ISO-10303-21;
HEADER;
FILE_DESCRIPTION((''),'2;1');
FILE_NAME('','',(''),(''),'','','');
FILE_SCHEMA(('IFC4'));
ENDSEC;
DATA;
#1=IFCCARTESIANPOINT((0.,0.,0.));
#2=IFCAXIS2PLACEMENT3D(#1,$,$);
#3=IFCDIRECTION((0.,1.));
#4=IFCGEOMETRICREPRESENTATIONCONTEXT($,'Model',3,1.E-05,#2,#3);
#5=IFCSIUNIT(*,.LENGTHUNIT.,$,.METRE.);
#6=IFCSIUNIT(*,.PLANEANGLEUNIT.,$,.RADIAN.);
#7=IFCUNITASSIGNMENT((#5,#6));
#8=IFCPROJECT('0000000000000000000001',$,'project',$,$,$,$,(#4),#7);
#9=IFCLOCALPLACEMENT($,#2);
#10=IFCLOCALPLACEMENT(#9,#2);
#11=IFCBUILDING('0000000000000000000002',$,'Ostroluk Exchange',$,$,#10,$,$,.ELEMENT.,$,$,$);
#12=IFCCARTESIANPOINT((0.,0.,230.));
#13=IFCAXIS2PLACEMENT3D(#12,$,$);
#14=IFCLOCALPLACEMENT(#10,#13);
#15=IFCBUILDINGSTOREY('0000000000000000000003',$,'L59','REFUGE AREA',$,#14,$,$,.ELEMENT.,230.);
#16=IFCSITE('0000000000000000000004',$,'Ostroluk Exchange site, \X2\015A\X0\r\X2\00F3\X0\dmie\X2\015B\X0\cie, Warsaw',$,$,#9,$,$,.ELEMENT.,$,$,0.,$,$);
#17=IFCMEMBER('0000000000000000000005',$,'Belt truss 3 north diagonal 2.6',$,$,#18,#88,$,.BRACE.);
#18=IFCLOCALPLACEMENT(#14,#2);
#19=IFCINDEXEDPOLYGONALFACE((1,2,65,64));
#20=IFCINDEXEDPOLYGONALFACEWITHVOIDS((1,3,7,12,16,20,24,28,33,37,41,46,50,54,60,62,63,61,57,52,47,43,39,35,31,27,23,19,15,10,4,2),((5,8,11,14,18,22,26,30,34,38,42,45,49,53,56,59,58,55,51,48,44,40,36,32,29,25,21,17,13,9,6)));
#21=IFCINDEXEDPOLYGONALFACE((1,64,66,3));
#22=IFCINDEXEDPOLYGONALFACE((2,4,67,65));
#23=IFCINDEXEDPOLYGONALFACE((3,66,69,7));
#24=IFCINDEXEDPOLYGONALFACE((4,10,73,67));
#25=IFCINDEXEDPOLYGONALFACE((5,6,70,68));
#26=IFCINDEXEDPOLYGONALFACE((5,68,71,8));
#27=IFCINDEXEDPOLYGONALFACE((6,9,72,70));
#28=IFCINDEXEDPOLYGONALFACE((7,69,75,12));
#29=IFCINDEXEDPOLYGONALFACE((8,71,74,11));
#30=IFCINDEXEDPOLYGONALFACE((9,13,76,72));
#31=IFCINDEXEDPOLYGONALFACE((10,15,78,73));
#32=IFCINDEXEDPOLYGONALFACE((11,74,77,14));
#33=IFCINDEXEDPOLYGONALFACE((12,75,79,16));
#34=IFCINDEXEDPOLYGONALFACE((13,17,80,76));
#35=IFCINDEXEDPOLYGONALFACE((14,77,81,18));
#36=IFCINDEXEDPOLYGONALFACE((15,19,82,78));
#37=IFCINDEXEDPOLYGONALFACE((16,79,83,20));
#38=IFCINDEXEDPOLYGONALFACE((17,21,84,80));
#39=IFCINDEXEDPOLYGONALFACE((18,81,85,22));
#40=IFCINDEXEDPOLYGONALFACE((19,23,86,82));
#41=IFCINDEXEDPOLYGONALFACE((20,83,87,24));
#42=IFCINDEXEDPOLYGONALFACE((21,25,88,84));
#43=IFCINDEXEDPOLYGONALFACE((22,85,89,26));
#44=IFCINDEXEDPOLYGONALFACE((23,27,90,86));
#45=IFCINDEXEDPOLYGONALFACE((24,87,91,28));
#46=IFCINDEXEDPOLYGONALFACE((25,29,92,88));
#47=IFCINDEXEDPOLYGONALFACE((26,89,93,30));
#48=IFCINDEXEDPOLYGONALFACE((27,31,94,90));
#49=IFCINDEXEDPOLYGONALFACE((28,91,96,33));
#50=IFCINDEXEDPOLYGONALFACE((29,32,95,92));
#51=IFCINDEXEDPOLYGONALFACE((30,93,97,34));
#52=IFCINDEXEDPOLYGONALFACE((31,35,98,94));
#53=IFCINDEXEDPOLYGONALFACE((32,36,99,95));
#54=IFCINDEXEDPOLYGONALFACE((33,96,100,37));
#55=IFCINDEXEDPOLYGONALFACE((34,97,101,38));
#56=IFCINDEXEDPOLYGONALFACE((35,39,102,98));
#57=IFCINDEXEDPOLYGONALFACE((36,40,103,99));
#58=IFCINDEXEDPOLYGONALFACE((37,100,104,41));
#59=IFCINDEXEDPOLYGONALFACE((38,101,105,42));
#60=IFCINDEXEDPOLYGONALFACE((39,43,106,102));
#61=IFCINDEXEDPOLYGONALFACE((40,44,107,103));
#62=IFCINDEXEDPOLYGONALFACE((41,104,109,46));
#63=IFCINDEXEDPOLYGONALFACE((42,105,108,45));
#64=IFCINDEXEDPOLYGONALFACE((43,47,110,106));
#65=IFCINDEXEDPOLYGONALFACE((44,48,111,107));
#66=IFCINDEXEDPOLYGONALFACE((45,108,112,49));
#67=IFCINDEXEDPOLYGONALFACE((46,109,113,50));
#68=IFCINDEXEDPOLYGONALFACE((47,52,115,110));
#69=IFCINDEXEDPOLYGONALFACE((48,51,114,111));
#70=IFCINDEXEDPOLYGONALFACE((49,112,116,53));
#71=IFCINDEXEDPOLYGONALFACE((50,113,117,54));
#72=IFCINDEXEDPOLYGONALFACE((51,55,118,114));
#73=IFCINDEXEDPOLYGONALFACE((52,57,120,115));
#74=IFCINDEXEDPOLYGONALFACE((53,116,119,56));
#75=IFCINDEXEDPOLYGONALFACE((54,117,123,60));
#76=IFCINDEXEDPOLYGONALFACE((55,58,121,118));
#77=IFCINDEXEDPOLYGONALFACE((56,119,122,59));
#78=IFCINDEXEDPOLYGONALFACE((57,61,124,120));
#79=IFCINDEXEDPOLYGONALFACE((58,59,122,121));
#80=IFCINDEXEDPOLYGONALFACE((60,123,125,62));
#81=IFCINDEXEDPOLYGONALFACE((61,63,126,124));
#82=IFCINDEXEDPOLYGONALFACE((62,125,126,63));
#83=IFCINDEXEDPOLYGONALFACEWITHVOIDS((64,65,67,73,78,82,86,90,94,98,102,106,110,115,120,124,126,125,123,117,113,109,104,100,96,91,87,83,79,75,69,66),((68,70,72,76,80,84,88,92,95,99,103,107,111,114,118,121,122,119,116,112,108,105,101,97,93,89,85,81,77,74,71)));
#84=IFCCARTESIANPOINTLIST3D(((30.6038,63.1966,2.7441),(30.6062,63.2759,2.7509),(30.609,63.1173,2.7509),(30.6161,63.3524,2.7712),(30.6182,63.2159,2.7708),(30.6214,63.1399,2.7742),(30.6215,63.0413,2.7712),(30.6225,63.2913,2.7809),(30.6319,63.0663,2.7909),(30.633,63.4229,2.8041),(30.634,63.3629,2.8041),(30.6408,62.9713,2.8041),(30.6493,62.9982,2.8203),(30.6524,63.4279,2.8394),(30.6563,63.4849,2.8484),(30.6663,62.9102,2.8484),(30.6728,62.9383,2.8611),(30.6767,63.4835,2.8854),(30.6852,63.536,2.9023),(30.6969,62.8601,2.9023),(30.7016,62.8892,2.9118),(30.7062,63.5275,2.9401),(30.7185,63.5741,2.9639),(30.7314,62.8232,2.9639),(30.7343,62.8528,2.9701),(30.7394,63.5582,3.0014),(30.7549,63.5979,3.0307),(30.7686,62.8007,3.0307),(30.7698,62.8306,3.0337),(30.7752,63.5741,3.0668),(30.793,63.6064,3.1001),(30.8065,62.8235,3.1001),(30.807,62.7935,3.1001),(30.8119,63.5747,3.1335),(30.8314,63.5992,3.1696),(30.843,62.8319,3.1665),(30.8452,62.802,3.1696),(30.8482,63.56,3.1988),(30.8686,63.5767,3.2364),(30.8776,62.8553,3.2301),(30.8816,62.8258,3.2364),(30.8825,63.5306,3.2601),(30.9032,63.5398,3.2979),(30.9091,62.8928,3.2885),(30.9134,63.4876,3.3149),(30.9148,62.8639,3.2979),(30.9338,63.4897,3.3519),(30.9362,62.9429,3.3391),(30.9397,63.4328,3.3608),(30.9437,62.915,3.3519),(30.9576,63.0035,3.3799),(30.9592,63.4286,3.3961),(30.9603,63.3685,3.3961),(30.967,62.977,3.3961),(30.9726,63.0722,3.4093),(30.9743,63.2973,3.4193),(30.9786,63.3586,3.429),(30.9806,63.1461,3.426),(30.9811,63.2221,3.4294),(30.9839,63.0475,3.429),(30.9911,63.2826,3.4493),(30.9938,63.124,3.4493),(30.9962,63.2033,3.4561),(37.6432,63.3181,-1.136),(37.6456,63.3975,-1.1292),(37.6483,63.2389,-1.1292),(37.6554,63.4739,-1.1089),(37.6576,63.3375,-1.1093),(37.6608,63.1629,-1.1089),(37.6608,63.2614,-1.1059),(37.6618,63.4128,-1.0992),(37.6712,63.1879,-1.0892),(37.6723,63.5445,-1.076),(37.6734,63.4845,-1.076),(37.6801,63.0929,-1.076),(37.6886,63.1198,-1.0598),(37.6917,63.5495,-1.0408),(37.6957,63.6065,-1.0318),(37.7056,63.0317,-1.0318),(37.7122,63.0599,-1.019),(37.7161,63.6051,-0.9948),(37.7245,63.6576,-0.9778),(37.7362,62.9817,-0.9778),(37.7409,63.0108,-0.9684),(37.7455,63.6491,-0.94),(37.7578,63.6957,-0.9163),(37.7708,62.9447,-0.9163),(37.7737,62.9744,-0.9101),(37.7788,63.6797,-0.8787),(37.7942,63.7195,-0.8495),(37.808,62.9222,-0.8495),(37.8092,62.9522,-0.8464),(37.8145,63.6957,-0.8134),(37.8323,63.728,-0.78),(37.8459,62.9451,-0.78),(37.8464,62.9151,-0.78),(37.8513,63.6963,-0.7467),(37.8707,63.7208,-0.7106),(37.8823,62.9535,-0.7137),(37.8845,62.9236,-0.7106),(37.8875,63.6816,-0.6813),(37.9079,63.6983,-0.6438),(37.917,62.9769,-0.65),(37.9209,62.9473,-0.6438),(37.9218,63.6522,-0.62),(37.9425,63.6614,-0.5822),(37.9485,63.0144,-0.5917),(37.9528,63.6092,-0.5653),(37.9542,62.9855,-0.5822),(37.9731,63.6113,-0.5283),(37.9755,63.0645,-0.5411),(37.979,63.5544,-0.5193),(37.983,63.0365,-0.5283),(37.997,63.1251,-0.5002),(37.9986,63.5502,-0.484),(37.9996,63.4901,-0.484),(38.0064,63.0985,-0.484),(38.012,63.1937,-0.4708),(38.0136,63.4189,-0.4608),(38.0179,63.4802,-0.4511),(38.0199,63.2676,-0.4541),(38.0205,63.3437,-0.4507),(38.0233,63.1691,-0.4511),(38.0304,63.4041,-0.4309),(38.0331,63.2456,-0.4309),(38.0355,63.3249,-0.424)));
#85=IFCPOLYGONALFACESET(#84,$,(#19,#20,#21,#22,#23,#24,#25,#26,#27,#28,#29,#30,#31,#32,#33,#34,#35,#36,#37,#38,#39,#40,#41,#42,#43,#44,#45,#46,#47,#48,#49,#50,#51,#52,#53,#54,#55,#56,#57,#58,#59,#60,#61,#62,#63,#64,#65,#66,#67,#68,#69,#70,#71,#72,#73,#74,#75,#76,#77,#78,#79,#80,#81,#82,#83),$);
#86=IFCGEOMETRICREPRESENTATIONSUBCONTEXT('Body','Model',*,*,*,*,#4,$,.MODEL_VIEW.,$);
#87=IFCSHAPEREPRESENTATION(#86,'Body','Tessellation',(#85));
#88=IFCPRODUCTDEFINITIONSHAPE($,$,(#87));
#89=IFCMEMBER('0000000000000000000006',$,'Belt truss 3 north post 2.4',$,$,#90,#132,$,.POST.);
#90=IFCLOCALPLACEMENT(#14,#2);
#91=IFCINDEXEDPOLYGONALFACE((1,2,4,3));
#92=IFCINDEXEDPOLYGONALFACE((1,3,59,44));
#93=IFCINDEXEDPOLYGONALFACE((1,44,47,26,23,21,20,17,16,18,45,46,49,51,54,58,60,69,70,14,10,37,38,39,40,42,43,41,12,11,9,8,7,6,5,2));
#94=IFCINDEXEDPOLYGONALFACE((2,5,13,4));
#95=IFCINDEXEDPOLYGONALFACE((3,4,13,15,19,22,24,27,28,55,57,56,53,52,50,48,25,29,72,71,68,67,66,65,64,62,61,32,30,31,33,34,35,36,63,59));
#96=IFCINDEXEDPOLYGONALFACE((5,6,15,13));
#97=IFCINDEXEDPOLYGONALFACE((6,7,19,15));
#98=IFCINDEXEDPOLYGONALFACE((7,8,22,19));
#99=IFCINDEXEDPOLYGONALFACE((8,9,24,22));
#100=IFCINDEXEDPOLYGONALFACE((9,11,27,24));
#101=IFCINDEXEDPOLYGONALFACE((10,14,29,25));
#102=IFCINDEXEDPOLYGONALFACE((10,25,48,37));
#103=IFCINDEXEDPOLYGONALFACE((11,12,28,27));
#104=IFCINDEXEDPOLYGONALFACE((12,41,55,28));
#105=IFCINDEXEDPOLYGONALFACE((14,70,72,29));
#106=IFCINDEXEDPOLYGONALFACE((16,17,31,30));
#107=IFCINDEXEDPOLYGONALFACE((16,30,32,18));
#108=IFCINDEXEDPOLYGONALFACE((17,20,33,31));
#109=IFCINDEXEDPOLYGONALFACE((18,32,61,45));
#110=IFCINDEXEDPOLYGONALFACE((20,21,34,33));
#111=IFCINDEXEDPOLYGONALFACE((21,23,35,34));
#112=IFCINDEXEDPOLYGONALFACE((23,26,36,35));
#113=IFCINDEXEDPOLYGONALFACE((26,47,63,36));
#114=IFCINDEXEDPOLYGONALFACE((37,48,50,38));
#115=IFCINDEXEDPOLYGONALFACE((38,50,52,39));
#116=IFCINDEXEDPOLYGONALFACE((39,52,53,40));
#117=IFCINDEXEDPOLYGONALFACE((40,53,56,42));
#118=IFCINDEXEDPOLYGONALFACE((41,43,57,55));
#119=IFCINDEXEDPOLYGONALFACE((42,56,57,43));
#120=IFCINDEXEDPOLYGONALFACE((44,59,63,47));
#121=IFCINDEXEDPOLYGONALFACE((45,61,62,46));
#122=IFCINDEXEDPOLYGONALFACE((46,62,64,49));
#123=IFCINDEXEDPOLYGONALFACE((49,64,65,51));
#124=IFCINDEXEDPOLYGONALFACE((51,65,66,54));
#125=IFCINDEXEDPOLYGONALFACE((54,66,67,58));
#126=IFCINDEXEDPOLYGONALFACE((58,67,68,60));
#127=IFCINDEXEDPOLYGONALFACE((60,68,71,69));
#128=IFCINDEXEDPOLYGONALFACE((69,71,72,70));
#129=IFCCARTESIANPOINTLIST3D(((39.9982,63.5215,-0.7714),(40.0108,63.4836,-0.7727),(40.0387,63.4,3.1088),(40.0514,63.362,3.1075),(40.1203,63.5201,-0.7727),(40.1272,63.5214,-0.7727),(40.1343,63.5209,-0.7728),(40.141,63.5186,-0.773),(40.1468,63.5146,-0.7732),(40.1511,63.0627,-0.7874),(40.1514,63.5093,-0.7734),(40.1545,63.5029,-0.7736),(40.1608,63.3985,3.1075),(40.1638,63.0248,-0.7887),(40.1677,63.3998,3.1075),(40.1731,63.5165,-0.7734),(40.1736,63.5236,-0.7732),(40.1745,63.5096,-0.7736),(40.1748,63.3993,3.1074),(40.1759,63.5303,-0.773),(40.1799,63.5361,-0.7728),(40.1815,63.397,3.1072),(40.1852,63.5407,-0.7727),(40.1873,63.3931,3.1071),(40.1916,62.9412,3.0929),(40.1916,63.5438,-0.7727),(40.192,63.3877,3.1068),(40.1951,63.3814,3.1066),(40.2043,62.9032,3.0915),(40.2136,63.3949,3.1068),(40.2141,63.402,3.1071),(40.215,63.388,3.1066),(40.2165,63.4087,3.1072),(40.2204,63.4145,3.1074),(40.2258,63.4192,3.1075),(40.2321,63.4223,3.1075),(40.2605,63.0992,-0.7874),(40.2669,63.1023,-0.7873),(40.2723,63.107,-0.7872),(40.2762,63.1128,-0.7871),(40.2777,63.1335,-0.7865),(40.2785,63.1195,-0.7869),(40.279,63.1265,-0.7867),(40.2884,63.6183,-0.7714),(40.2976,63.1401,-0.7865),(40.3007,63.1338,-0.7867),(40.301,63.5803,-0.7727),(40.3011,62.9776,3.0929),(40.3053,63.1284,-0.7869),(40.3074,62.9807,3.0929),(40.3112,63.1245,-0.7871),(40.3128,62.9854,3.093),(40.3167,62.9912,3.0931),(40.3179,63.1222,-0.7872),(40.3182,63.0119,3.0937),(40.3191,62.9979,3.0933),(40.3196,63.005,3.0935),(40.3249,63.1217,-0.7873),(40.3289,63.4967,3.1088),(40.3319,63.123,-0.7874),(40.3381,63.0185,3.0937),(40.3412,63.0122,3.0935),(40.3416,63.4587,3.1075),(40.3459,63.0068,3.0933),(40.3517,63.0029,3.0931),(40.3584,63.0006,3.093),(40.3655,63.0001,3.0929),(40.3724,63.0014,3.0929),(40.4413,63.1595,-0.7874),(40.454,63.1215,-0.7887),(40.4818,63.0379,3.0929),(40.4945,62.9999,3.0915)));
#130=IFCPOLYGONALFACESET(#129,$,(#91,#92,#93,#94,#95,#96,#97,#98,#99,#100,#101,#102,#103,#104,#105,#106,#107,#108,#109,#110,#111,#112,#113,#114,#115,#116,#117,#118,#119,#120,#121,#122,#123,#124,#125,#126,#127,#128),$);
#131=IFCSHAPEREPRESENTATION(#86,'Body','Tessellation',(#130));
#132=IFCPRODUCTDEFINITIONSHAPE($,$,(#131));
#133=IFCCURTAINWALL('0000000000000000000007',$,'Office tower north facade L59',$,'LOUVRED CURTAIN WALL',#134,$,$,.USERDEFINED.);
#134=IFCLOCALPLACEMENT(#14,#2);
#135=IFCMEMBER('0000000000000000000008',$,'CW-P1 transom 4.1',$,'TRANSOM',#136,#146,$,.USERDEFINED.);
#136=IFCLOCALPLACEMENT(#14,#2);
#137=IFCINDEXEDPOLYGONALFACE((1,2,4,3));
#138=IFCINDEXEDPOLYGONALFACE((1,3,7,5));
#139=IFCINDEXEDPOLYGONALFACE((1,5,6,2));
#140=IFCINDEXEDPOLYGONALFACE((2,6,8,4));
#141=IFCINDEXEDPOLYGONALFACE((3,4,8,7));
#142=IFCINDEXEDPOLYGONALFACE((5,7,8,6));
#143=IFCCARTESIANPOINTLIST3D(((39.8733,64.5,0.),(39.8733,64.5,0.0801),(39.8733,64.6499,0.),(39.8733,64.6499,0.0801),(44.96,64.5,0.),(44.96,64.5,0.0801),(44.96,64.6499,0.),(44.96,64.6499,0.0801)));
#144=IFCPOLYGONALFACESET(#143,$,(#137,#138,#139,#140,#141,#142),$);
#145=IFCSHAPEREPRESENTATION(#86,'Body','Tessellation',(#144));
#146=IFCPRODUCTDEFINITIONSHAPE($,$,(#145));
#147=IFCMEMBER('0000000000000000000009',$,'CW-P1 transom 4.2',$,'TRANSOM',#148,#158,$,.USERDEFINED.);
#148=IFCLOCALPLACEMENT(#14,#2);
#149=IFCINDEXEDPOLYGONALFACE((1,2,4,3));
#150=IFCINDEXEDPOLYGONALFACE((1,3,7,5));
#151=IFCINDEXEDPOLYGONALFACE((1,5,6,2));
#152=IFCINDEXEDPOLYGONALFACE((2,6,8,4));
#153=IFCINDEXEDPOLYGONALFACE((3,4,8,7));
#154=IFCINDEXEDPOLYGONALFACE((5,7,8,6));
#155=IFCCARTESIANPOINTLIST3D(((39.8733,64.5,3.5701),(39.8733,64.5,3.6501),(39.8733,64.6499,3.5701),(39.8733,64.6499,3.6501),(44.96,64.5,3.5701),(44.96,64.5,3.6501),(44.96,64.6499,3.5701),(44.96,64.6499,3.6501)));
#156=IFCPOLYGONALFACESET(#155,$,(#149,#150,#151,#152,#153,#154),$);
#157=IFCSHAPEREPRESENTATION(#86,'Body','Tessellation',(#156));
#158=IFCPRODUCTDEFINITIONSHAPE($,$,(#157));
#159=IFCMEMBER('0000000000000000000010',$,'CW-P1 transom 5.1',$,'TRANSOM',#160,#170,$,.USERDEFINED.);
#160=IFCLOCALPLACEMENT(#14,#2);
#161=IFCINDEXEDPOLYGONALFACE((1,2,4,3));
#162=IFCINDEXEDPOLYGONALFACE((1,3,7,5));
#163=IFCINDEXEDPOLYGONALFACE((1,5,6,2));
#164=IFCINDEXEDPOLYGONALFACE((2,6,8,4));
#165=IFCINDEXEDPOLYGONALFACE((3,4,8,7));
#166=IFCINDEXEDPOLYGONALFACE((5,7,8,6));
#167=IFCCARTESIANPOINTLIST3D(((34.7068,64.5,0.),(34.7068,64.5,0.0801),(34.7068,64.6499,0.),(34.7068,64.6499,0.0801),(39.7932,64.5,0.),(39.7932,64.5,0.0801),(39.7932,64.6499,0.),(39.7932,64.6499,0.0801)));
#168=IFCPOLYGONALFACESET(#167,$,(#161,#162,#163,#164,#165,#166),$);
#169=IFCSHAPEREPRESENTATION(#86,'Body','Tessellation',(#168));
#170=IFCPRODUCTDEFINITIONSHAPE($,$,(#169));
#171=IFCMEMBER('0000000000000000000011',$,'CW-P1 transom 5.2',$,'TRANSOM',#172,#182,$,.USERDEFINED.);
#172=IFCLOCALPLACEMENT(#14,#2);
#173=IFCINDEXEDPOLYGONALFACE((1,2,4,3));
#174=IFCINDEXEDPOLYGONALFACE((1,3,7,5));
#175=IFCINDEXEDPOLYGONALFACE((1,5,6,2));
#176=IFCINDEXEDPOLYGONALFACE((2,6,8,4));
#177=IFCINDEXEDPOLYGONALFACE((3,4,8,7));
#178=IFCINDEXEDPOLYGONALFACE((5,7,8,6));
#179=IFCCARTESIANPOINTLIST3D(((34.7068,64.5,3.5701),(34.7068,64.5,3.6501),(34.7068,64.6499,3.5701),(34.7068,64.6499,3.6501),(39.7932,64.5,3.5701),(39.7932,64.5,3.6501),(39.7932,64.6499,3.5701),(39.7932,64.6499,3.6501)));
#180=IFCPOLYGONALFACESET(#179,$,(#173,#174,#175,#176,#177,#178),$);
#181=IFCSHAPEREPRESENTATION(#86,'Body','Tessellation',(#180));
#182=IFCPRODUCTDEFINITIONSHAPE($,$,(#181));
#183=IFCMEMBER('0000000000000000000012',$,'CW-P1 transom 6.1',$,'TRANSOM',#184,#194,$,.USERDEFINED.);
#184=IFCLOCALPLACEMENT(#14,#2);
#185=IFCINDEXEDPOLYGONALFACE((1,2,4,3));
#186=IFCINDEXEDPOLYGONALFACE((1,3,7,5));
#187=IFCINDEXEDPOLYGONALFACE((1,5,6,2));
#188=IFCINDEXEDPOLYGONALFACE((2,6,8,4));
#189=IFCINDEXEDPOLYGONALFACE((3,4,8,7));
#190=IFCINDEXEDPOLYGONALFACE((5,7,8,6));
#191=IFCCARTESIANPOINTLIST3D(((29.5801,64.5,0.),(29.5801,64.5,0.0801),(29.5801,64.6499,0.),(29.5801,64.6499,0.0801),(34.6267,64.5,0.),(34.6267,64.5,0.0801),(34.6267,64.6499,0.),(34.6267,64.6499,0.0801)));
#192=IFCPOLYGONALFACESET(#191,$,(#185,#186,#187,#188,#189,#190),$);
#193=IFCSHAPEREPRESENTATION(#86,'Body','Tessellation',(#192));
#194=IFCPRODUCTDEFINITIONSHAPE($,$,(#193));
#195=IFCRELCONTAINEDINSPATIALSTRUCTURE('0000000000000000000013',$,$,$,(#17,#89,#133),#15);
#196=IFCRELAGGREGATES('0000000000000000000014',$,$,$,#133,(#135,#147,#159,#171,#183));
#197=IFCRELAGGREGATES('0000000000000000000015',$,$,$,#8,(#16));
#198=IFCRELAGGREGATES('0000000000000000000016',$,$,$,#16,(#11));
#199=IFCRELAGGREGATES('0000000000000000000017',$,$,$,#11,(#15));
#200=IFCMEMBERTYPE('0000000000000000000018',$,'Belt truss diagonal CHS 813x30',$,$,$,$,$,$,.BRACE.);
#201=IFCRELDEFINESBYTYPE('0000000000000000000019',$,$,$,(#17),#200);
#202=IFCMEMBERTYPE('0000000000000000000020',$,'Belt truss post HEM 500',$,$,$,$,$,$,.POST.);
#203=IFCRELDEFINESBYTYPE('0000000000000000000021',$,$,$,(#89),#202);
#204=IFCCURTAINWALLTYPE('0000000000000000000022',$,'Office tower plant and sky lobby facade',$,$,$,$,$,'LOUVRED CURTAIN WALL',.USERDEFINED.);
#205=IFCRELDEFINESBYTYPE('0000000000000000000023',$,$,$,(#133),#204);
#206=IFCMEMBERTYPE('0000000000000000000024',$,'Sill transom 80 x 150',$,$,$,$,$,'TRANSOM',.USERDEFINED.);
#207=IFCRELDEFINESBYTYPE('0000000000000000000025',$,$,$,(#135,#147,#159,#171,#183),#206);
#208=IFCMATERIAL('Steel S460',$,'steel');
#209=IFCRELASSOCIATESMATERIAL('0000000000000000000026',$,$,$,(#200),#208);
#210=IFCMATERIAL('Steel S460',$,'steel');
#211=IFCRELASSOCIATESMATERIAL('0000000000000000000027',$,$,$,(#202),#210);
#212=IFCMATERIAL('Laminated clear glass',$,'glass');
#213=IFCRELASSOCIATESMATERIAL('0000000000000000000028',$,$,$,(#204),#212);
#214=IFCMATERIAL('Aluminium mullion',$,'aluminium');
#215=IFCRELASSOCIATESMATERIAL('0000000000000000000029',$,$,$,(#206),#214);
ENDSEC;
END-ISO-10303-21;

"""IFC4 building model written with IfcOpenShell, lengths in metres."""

from ifc_helpers import new_model, si_unit, direction, frame, origin, origin_2d, place, context, subcontext, project, spatial, rectangle, hollow_circle, i_section, extrude, material, material_profile, profile_set, type_object, element, aggregate, save


model = new_model("IFC4")

# Units and contexts
model_context = context("Model", 3, precision=1e-05, world=origin(), true_north=direction((0.0, 1.0)))
body_context = subcontext(model_context, "Body", "Model", "MODEL_VIEW")
ifc_project = project(units=[si_unit("LENGTHUNIT", "METRE"), si_unit("PLANEANGLEUNIT", "RADIAN")], contexts=[model_context])

# Site, building, storey
site_placement = place(None, origin())
site = spatial("IfcSite", under=ifc_project, at=site_placement, Name="Ostroluk Exchange site, Śródmieście, Warsaw", CompositionType="ELEMENT", RefElevation=0.0)
building_placement = place(site_placement, origin())
building = spatial("IfcBuilding", under=site, at=building_placement, Name="Ostroluk Exchange", CompositionType="ELEMENT")
storey_placement = place(building_placement, frame((0.0, 0.0, 230.0)))
storey = spatial("IfcBuildingStorey", under=building, at=storey_placement, Name="L59", Description="REFUGE AREA", CompositionType="ELEMENT", Elevation=230.0)

# Members
ifc_material_1 = material(Name="Steel S460", Category="steel")
ifc_material_profile_1 = material_profile(ifc_material_1, hollow_circle(Radius=0.4065, WallThickness=0.03, at=origin_2d()), Name="CHS 813x30")
ifc_profile_set_1 = profile_set([ifc_material_profile_1], Name="Steel S460")
member_type_1 = type_object("IfcMemberType", Name="Belt truss diagonal CHS 813x30", PredefinedType="BRACE", material=ifc_profile_set_1)
member_1_placement = place(storey_placement, frame((37.8394, 63.3215, -0.78), z_axis=(-0.875668, -0.015124, 0.482676), x_axis=(0.017269, -0.999851, 0.0)))
element("IfcMember", 1, at=member_1_placement, inside=storey, type_object=member_type_1, Name="Belt truss 3 north diagonal 2.6", PredefinedType="BRACE", context=body_context, shape_type="SweptSolid", body=[
    extrude(hollow_circle(Radius=0.4065, WallThickness=0.03, at=origin_2d()), origin(), (0.0, 0.0, 1.0), 8.0388),
])
ifc_material_2 = material(Name="Steel S460", Category="steel")
ifc_material_profile_2 = material_profile(ifc_material_2, i_section(OverallWidth=0.3059, OverallDepth=0.5239, WebThickness=0.021, FlangeThickness=0.04, FilletRadius=0.0271, at=origin_2d()), Name="HEM 500")
ifc_profile_set_2 = profile_set([ifc_material_profile_2], Name="Steel S460")
member_type_2 = type_object("IfcMemberType", Name="Belt truss post HEM 500", PredefinedType="POST", material=ifc_profile_set_2)
member_2_placement = place(storey_placement, frame((40.2261, 63.3215, -0.78), z_axis=(0.010439, -0.031317, 0.999455), x_axis=(0.948683, 0.316228, 0.0)))
element("IfcMember", 2, at=member_2_placement, inside=storey, type_object=member_type_2, Name="Belt truss 3 north post 2.4", PredefinedType="POST", context=body_context, shape_type="SweptSolid", body=[
    extrude(i_section(OverallWidth=0.3059, OverallDepth=0.5239, WebThickness=0.021, FlangeThickness=0.04, FilletRadius=0.0271, at=origin_2d()), origin(), (0.0, 0.0, 1.0), 3.8823),
])

# Curtain wall, members
ifc_material_3 = material(Name="Laminated clear glass", Category="glass")
curtain_wall_type = type_object("IfcCurtainWallType", Name="Office tower plant and sky lobby facade", ElementType="LOUVRED CURTAIN WALL", PredefinedType="USERDEFINED", material=ifc_material_3)
curtain_wall_placement = place(storey_placement, origin())
curtain_wall = element("IfcCurtainWall", 3, at=curtain_wall_placement, inside=storey, type_object=curtain_wall_type, Name="Office tower north facade L59", ObjectType="LOUVRED CURTAIN WALL", PredefinedType="USERDEFINED")
ifc_material_4 = material(Name="Aluminium mullion", Category="aluminium")
ifc_material_profile_3 = material_profile(ifc_material_4, rectangle(XDim=0.1499, YDim=0.0801, at=origin_2d()), Name="Sill transom 80 x 150")
ifc_profile_set_3 = profile_set([ifc_material_profile_3], Name="Aluminium mullion")
member_type_3 = type_object("IfcMemberType", Name="Sill transom 80 x 150", ElementType="TRANSOM", PredefinedType="USERDEFINED", material=ifc_profile_set_3)
member_3_placement = place(storey_placement, frame((44.96, 64.575, 0.04), z_axis=(-1.0, 0.0, 0.0), x_axis=(0.0, -1.0, 0.0)))
member_3 = element("IfcMember", 4, at=member_3_placement, type_object=member_type_3, Name="CW-P1 transom 4.1", ObjectType="TRANSOM", PredefinedType="USERDEFINED", context=body_context, shape_type="SweptSolid", body=[
    extrude(rectangle(XDim=0.1499, YDim=0.0801, at=origin_2d()), origin(), (0.0, 0.0, 1.0), 5.0867),
])
member_4_placement = place(storey_placement, frame((44.96, 64.575, 3.6101), z_axis=(-1.0, 0.0, 0.0), x_axis=(0.0, -1.0, 0.0)))
member_4 = element("IfcMember", 5, at=member_4_placement, type_object=member_type_3, Name="CW-P1 transom 4.2", ObjectType="TRANSOM", PredefinedType="USERDEFINED", context=body_context, shape_type="SweptSolid", body=[
    extrude(rectangle(XDim=0.1499, YDim=0.0801, at=origin_2d()), origin(), (0.0, 0.0, 1.0), 5.0867),
])
member_5_placement = place(storey_placement, frame((39.7932, 64.575, 0.04), z_axis=(-1.0, 0.0, 0.0), x_axis=(0.0, -1.0, 0.0)))
member_5 = element("IfcMember", 6, at=member_5_placement, type_object=member_type_3, Name="CW-P1 transom 5.1", ObjectType="TRANSOM", PredefinedType="USERDEFINED", context=body_context, shape_type="SweptSolid", body=[
    extrude(rectangle(XDim=0.1499, YDim=0.0801, at=origin_2d()), origin(), (0.0, 0.0, 1.0), 5.0864),
])
member_6_placement = place(storey_placement, frame((39.7932, 64.575, 3.6101), z_axis=(-1.0, 0.0, 0.0), x_axis=(0.0, -1.0, 0.0)))
member_6 = element("IfcMember", 7, at=member_6_placement, type_object=member_type_3, Name="CW-P1 transom 5.2", ObjectType="TRANSOM", PredefinedType="USERDEFINED", context=body_context, shape_type="SweptSolid", body=[
    extrude(rectangle(XDim=0.1499, YDim=0.0801, at=origin_2d()), origin(), (0.0, 0.0, 1.0), 5.0864),
])
member_7_placement = place(storey_placement, frame((34.6267, 64.575, 0.04), z_axis=(-1.0, 0.0, 0.0), x_axis=(0.0, -1.0, 0.0)))
member_7 = element("IfcMember", 8, at=member_7_placement, type_object=member_type_3, Name="CW-P1 transom 6.1", ObjectType="TRANSOM", PredefinedType="USERDEFINED", context=body_context, shape_type="SweptSolid", body=[
    extrude(rectangle(XDim=0.1499, YDim=0.0801, at=origin_2d()), origin(), (0.0, 0.0, 1.0), 5.0466),
])
aggregate(curtain_wall, [member_3, member_4, member_5, member_6, member_7])

save(model, "model.ifc")
